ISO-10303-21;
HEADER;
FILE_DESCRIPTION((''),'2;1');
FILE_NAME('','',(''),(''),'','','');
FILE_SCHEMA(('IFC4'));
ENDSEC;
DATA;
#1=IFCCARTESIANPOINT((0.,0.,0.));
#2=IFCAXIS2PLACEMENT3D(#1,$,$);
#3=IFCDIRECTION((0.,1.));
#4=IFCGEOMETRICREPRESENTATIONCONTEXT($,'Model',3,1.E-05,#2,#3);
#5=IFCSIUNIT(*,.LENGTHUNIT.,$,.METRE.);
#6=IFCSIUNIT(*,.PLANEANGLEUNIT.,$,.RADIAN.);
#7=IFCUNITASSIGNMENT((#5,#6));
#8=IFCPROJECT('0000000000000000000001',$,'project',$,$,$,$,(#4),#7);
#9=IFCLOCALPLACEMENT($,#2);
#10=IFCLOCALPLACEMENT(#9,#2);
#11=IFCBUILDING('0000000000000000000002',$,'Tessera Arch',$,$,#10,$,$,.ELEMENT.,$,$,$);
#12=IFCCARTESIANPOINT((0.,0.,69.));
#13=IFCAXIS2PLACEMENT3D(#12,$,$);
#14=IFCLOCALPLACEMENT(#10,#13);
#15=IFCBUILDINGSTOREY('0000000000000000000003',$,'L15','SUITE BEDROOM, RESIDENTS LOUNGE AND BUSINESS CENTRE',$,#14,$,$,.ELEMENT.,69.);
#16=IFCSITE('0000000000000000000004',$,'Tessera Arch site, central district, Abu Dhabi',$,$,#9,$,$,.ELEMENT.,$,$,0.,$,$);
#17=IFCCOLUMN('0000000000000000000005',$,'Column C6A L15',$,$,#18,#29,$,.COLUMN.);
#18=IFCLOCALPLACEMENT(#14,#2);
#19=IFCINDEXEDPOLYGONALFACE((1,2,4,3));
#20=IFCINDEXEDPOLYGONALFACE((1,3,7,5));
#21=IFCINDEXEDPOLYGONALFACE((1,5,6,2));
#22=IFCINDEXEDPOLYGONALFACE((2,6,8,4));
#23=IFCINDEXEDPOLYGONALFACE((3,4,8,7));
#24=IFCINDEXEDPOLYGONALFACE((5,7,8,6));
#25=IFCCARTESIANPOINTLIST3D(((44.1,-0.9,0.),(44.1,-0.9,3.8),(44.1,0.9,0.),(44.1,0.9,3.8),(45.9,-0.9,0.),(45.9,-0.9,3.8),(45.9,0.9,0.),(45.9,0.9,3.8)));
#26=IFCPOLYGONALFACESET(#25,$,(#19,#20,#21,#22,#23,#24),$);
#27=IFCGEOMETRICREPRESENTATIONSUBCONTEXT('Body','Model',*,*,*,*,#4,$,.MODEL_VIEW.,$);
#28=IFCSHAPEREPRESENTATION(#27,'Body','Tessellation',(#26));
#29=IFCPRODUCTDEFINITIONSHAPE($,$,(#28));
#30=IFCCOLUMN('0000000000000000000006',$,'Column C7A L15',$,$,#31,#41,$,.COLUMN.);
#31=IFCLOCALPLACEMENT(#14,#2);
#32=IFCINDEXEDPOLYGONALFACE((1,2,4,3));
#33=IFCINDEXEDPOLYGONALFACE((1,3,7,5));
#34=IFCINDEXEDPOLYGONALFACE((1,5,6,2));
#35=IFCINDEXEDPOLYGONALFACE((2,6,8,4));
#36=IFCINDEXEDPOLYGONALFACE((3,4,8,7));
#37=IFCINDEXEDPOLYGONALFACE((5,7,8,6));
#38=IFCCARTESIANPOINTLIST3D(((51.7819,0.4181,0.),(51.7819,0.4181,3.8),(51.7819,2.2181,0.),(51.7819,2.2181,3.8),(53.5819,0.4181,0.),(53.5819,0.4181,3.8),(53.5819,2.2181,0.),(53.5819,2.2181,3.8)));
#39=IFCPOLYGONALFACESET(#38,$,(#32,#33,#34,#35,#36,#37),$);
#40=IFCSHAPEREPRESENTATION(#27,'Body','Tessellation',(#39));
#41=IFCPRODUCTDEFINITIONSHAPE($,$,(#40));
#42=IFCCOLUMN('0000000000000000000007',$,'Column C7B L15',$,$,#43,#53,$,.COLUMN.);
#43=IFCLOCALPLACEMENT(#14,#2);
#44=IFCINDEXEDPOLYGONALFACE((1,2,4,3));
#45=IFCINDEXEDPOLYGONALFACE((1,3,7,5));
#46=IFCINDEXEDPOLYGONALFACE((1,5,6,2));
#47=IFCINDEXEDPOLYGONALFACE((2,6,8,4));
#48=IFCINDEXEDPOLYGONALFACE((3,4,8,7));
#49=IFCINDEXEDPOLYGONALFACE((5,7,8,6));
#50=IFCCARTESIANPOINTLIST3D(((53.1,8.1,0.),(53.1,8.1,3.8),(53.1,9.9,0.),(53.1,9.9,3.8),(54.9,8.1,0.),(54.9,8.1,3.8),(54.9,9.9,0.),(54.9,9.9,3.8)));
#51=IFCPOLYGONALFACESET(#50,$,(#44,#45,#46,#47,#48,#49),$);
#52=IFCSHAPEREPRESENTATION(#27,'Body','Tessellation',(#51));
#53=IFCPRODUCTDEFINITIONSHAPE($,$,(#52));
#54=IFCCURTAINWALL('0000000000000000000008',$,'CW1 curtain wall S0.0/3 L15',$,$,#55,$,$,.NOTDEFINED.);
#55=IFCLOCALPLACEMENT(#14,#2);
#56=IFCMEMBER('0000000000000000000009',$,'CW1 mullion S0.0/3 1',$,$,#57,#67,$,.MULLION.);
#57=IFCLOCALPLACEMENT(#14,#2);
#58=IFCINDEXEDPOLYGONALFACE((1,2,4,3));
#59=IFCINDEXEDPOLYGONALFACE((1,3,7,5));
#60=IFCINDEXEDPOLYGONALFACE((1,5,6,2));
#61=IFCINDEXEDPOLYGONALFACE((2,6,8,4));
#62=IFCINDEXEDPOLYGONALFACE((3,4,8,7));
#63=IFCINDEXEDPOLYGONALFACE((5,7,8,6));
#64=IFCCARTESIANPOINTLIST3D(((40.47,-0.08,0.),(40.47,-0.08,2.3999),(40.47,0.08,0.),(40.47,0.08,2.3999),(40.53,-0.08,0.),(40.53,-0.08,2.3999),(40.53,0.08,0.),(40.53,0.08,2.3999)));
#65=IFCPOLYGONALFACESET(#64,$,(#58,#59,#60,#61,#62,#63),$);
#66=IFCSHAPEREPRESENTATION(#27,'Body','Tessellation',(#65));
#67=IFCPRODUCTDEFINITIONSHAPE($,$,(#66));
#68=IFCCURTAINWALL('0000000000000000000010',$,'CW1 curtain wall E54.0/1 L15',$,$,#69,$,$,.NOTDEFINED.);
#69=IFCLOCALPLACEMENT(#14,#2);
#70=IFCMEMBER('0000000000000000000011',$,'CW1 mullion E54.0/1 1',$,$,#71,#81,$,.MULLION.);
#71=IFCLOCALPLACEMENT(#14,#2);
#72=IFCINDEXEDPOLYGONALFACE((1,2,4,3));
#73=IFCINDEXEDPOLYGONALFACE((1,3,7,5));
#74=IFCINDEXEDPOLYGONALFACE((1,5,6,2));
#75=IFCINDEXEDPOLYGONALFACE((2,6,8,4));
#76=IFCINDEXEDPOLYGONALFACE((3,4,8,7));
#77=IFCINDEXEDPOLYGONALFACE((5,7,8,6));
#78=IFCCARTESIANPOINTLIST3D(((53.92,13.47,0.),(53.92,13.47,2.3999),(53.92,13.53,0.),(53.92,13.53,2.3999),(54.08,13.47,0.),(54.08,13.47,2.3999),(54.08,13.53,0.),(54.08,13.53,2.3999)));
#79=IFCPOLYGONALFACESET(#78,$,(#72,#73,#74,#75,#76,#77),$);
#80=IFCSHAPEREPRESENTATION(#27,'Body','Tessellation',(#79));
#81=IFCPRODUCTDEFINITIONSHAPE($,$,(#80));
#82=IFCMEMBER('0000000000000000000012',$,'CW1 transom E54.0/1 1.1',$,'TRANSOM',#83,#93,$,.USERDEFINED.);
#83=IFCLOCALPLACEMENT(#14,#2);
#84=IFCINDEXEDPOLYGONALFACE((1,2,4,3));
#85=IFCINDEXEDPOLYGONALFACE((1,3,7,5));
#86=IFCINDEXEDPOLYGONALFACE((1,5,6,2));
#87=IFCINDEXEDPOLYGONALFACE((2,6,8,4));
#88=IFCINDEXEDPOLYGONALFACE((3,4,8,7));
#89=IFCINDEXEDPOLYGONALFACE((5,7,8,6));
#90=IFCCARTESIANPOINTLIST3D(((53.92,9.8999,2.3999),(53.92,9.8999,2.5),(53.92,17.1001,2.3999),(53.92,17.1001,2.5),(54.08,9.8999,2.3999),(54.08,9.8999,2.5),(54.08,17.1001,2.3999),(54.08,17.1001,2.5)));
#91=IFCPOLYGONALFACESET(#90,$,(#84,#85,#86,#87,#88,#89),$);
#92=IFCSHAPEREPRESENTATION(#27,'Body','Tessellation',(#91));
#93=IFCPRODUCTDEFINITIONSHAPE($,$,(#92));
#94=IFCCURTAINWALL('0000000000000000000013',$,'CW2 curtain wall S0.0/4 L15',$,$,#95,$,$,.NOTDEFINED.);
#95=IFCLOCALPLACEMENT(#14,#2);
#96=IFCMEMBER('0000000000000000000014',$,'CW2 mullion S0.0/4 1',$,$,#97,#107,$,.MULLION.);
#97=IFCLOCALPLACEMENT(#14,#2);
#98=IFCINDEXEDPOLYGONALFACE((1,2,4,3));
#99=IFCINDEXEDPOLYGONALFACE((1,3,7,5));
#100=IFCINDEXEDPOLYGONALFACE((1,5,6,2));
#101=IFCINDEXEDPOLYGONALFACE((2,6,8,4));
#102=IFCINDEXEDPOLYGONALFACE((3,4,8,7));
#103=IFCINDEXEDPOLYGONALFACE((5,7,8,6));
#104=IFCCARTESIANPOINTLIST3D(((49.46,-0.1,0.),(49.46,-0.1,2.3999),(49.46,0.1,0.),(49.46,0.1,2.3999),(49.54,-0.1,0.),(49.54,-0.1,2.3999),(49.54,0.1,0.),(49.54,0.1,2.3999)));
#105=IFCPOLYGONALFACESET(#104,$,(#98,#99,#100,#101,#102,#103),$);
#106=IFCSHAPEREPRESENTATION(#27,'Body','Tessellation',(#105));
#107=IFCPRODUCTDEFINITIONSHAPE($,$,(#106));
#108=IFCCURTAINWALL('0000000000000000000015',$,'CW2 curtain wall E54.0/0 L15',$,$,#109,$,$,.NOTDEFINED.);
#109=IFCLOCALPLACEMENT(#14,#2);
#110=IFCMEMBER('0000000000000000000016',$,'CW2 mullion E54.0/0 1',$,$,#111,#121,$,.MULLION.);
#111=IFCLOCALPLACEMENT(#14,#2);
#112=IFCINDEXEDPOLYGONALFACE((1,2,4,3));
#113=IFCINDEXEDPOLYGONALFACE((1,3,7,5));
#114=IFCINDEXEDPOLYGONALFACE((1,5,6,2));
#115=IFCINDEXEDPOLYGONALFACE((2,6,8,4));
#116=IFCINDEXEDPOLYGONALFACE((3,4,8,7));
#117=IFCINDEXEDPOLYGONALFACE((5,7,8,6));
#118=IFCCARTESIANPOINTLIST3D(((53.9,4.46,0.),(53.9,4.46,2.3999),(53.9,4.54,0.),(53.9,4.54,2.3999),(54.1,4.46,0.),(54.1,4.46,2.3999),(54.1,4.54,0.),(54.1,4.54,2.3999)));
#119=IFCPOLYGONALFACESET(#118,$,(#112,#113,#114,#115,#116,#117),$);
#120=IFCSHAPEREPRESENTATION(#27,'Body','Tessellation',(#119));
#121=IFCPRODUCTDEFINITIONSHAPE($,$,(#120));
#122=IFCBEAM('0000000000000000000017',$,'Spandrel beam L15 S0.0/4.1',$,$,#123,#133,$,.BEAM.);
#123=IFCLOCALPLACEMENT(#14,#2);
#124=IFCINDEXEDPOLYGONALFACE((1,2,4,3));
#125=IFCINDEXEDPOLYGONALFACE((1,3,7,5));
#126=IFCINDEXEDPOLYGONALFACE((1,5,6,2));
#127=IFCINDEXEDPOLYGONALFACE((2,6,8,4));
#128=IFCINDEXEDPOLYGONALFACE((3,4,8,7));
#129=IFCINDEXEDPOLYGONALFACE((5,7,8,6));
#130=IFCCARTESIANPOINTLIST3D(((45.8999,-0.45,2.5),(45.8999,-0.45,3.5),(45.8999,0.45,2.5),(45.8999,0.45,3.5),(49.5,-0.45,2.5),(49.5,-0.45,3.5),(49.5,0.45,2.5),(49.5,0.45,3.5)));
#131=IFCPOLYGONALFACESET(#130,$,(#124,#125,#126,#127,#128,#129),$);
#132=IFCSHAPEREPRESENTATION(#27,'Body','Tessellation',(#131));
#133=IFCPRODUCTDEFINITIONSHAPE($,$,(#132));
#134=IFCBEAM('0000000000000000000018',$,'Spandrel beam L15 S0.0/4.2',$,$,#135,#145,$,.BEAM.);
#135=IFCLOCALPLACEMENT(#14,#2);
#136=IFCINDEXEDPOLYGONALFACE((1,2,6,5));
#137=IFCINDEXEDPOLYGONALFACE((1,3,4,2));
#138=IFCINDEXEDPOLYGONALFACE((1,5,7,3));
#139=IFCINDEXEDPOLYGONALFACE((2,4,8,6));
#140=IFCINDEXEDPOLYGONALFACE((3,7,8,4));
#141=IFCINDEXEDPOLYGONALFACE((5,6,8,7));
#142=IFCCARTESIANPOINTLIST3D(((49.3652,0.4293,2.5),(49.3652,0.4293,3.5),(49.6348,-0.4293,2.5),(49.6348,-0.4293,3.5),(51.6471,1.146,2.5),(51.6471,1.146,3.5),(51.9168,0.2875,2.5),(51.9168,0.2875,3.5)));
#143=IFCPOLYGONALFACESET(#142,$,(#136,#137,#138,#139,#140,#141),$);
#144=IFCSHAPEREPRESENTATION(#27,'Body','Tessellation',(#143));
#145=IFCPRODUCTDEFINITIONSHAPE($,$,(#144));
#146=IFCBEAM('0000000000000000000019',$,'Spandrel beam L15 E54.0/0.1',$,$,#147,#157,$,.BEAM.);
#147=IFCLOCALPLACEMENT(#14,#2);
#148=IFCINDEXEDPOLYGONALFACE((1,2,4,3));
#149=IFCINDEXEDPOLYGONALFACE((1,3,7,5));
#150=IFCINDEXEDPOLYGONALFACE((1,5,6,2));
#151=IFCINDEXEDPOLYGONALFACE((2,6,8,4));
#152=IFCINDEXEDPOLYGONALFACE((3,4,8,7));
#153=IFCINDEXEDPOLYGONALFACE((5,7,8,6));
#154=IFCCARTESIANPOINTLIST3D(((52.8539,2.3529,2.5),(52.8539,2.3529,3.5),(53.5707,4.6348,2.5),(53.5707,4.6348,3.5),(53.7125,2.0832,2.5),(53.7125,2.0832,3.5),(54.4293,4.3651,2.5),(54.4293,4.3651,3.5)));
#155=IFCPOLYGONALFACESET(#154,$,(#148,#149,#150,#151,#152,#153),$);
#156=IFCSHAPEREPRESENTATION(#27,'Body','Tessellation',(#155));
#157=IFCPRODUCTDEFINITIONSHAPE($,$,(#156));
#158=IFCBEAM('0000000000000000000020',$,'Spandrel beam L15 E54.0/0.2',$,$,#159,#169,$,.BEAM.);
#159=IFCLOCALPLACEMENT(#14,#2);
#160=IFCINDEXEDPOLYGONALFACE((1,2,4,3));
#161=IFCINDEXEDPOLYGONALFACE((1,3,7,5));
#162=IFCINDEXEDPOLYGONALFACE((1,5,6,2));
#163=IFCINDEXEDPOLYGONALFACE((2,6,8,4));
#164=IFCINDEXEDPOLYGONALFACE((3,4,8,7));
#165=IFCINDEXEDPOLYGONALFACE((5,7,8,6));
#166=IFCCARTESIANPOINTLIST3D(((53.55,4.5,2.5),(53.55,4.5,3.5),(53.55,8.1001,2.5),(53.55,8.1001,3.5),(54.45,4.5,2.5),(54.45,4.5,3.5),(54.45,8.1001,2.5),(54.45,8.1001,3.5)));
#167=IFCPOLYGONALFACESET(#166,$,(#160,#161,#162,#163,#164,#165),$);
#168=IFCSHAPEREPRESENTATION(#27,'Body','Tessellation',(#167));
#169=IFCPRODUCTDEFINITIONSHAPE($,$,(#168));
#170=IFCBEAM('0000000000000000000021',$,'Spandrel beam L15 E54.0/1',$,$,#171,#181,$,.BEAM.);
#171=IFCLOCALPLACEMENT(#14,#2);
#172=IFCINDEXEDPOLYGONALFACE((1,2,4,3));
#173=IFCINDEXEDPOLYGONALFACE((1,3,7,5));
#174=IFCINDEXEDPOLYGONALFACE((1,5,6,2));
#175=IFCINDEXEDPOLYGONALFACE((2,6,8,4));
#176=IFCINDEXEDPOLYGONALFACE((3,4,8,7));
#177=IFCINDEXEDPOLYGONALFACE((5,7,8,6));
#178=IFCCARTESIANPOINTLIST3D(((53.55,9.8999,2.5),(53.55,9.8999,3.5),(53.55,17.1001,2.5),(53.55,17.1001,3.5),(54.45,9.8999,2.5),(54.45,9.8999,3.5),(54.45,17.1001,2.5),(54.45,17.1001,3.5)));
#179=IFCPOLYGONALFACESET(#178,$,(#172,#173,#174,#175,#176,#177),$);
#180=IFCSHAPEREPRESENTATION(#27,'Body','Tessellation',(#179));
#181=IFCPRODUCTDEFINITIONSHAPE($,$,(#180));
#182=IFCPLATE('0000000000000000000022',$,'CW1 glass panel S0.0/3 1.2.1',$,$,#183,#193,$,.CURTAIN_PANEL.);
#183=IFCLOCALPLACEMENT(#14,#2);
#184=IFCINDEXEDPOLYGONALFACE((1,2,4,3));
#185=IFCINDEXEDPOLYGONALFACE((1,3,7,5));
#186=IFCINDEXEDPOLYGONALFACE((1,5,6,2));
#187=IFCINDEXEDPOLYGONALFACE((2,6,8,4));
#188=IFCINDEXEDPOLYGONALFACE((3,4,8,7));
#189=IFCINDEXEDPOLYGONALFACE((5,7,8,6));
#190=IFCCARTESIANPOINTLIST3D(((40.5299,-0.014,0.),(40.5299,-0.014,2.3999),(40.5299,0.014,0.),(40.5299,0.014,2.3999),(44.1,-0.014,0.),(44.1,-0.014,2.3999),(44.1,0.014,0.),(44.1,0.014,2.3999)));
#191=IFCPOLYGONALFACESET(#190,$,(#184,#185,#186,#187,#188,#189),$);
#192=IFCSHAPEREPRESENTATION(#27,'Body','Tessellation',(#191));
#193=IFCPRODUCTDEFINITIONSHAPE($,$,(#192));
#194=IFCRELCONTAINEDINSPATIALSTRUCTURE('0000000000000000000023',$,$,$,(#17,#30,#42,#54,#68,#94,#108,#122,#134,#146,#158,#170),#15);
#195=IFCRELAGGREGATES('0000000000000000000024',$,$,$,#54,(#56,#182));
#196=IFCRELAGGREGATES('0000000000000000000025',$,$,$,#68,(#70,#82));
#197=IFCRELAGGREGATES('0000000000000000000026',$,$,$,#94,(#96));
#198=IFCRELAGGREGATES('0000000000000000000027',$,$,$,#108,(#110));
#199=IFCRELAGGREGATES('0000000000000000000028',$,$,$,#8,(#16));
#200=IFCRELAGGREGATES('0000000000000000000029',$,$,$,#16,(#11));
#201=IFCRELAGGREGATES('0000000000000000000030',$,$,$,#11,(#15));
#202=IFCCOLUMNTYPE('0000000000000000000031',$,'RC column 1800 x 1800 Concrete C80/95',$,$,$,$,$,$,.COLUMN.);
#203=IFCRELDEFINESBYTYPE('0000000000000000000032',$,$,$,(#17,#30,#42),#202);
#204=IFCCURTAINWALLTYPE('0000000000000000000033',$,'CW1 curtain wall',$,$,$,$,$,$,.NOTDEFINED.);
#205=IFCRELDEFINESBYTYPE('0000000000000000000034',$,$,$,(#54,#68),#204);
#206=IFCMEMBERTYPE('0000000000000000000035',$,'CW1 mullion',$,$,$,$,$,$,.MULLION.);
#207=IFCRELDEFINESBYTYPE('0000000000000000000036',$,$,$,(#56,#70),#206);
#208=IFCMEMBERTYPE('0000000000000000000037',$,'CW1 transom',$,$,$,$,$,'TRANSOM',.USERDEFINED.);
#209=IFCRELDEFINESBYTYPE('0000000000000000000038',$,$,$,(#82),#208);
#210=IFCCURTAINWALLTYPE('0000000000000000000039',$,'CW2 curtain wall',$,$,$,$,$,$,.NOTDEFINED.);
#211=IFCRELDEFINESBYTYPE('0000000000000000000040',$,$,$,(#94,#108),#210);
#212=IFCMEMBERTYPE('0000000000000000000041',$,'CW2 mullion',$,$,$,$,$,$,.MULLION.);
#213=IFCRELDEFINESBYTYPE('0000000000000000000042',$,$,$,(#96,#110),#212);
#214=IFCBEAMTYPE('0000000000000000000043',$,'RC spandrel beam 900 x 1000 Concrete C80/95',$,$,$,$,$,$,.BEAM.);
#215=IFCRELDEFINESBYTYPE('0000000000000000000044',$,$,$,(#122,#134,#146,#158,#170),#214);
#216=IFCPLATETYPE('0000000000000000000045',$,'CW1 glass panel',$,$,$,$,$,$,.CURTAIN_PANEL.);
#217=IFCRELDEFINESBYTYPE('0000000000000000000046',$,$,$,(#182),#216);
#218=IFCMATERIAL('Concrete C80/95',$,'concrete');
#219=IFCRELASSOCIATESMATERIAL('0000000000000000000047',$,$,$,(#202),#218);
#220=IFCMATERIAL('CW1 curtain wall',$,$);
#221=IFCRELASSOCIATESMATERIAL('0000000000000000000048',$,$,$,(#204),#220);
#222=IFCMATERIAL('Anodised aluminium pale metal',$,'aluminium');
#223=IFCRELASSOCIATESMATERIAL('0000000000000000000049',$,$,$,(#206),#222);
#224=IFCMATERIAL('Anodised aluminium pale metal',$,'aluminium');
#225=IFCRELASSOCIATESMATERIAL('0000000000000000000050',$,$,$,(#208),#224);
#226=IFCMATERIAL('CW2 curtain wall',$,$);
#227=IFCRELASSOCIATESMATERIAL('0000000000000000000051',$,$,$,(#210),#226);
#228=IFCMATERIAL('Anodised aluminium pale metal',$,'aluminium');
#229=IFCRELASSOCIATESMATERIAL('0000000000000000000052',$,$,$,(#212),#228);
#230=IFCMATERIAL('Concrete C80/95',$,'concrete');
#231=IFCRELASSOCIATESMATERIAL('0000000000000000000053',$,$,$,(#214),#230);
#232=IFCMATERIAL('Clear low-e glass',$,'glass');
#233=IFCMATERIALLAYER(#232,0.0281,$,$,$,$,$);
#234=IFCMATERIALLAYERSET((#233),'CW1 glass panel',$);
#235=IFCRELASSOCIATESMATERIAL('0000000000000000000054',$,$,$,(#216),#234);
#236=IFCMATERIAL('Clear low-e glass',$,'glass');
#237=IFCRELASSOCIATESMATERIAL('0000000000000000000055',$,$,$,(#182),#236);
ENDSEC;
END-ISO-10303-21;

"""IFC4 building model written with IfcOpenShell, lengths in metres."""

from ifc_helpers import new_model, si_unit, direction, frame, origin, origin_2d, place, context, subcontext, project, spatial, rectangle, extrude, material, layer, layer_set, material_profile, profile_set, type_object, element, aggregate, save


model = new_model("IFC4")

# Units and contexts
model_context = context("Model", 3, precision=1e-05, world=origin(), true_north=direction((0.0, 1.0)))
body_context = subcontext(model_context, "Body", "Model", "MODEL_VIEW")
ifc_project = project(units=[si_unit("LENGTHUNIT", "METRE"), si_unit("PLANEANGLEUNIT", "RADIAN")], contexts=[model_context])

# Site, building, storey
site_placement = place(None, origin())
site = spatial("IfcSite", under=ifc_project, at=site_placement, Name="Tessera Arch site, central district, Abu Dhabi", CompositionType="ELEMENT", RefElevation=0.0)
building_placement = place(site_placement, origin())
building = spatial("IfcBuilding", under=site, at=building_placement, Name="Tessera Arch", CompositionType="ELEMENT")
storey_placement = place(building_placement, frame((0.0, 0.0, 69.0)))
storey = spatial("IfcBuildingStorey", under=building, at=storey_placement, Name="L15", Description="SUITE BEDROOM, RESIDENTS LOUNGE AND BUSINESS CENTRE", CompositionType="ELEMENT", Elevation=69.0)

# Columns
ifc_material_1 = material(Name="Concrete C80/95", Category="concrete")
ifc_material_profile_1 = material_profile(ifc_material_1, rectangle(XDim=1.8, YDim=1.8, at=origin_2d()), Name="RC column 1800 x 1800 Concrete C80/95")
ifc_profile_set_1 = profile_set([ifc_material_profile_1], Name="Concrete C80/95")
column_type = type_object("IfcColumnType", Name="RC column 1800 x 1800 Concrete C80/95", PredefinedType="COLUMN", material=ifc_profile_set_1)
for number, where, z_axis, x_axis, name in (
    (1, (45.0, 0.0, 0.0), (0.0, 0.0, 1.0), (1.0, 0.0, 0.0), "Column C6A L15"),
    (2, (52.6819, 1.3181, 0.0), (0.0, 0.0, 1.0), (1.0, 0.0, 0.0), "Column C7A L15"),
    (3, (54.0, 9.0, 0.0), (0.0, 0.0, 1.0), (1.0, 0.0, 0.0), "Column C7B L15"),
):
    element("IfcColumn", number, at=place(storey_placement, frame(where, z_axis=z_axis, x_axis=x_axis)), inside=storey, type_object=column_type, Name=name, PredefinedType="COLUMN", context=body_context, shape_type="SweptSolid", body=[
        extrude(rectangle(XDim=1.8, YDim=1.8, at=origin_2d()), origin(), (0.0, 0.0, 1.0), 3.8),
    ])

# Curtain wall, member
ifc_material_2 = material(Name="CW1 curtain wall")
curtain_wall_type_1 = type_object("IfcCurtainWallType", Name="CW1 curtain wall", PredefinedType="NOTDEFINED", material=ifc_material_2)
curtain_wall_1_placement = place(storey_placement, origin())
curtain_wall_1 = element("IfcCurtainWall", 4, at=curtain_wall_1_placement, inside=storey, type_object=curtain_wall_type_1, Name="CW1 curtain wall S0.0/3 L15", PredefinedType="NOTDEFINED")
ifc_material_3 = material(Name="Anodised aluminium pale metal", Category="aluminium")
ifc_material_profile_2 = material_profile(ifc_material_3, rectangle(XDim=0.1599, YDim=0.0601, at=origin_2d()), Name="AL 60x160")
ifc_profile_set_2 = profile_set([ifc_material_profile_2], Name="Anodised aluminium pale metal")
member_type_1 = type_object("IfcMemberType", Name="CW1 mullion", PredefinedType="MULLION", material=ifc_profile_set_2)
member_1_placement = place(storey_placement, frame((40.5, 0.0, 0.0), z_axis=(0.0, 0.0, 1.0), x_axis=(0.0, 1.0, 0.0)))
member_1 = element("IfcMember", 5, at=member_1_placement, type_object=member_type_1, Name="CW1 mullion S0.0/3 1", PredefinedType="MULLION", context=body_context, shape_type="SweptSolid", body=[
    extrude(rectangle(XDim=0.1599, YDim=0.0601, at=origin_2d()), origin(), (0.0, 0.0, 1.0), 2.3999),
])

# Curtain wall, members
curtain_wall_2_placement = place(storey_placement, origin())
curtain_wall_2 = element("IfcCurtainWall", 6, at=curtain_wall_2_placement, inside=storey, type_object=curtain_wall_type_1, Name="CW1 curtain wall E54.0/1 L15", PredefinedType="NOTDEFINED")
member_2_placement = place(storey_placement, frame((54.0, 13.5, 0.0), z_axis=(0.0, 0.0, 1.0), x_axis=(-1.0, 0.0, 0.0)))
member_2 = element("IfcMember", 7, at=member_2_placement, type_object=member_type_1, Name="CW1 mullion E54.0/1 1", PredefinedType="MULLION", context=body_context, shape_type="SweptSolid", body=[
    extrude(rectangle(XDim=0.1599, YDim=0.0601, at=origin_2d()), origin(), (0.0, 0.0, 1.0), 2.3999),
])
ifc_material_4 = material(Name="Anodised aluminium pale metal", Category="aluminium")
ifc_material_profile_3 = material_profile(ifc_material_4, rectangle(XDim=0.1599, YDim=0.1001, at=origin_2d()), Name="AL 160x100")
ifc_profile_set_3 = profile_set([ifc_material_profile_3], Name="Anodised aluminium pale metal")
member_type_2 = type_object("IfcMemberType", Name="CW1 transom", ElementType="TRANSOM", PredefinedType="USERDEFINED", material=ifc_profile_set_3)
member_3_placement = place(storey_placement, frame((54.0, 9.8999, 2.45), z_axis=(0.0, 1.0, 0.0), x_axis=(-1.0, 0.0, 0.0)))
member_3 = element("IfcMember", 8, at=member_3_placement, type_object=member_type_2, Name="CW1 transom E54.0/1 1.1", ObjectType="TRANSOM", PredefinedType="USERDEFINED", context=body_context, shape_type="SweptSolid", body=[
    extrude(rectangle(XDim=0.1599, YDim=0.1001, at=origin_2d()), origin(), (0.0, 0.0, 1.0), 7.2002),
])

# Curtain walls, members
ifc_material_5 = material(Name="CW2 curtain wall")
curtain_wall_type_2 = type_object("IfcCurtainWallType", Name="CW2 curtain wall", PredefinedType="NOTDEFINED", material=ifc_material_5)
curtain_wall_3_placement = place(storey_placement, origin())
curtain_wall_3 = element("IfcCurtainWall", 9, at=curtain_wall_3_placement, inside=storey, type_object=curtain_wall_type_2, Name="CW2 curtain wall S0.0/4 L15", PredefinedType="NOTDEFINED")
ifc_material_6 = material(Name="Anodised aluminium pale metal", Category="aluminium")
ifc_material_profile_4 = material_profile(ifc_material_6, rectangle(XDim=0.2, YDim=0.0801, at=origin_2d()), Name="AL 80x200")
ifc_profile_set_4 = profile_set([ifc_material_profile_4], Name="Anodised aluminium pale metal")
member_type_3 = type_object("IfcMemberType", Name="CW2 mullion", PredefinedType="MULLION", material=ifc_profile_set_4)
member_4_placement = place(storey_placement, frame((49.5, 0.0, 0.0), z_axis=(0.0, 0.0, 1.0), x_axis=(0.0, 1.0, 0.0)))
member_4 = element("IfcMember", 10, at=member_4_placement, type_object=member_type_3, Name="CW2 mullion S0.0/4 1", PredefinedType="MULLION", context=body_context, shape_type="SweptSolid", body=[
    extrude(rectangle(XDim=0.2, YDim=0.0801, at=origin_2d()), origin(), (0.0, 0.0, 1.0), 2.3999),
])
curtain_wall_4_placement = place(storey_placement, origin())
curtain_wall_4 = element("IfcCurtainWall", 11, at=curtain_wall_4_placement, inside=storey, type_object=curtain_wall_type_2, Name="CW2 curtain wall E54.0/0 L15", PredefinedType="NOTDEFINED")
member_5_placement = place(storey_placement, frame((54.0, 4.5, 0.0), z_axis=(0.0, 0.0, 1.0), x_axis=(-1.0, 0.0, 0.0)))
member_5 = element("IfcMember", 12, at=member_5_placement, type_object=member_type_3, Name="CW2 mullion E54.0/0 1", PredefinedType="MULLION", context=body_context, shape_type="SweptSolid", body=[
    extrude(rectangle(XDim=0.2, YDim=0.0801, at=origin_2d()), origin(), (0.0, 0.0, 1.0), 2.3999),
])

# Beams
ifc_material_7 = material(Name="Concrete C80/95", Category="concrete")
ifc_material_profile_5 = material_profile(ifc_material_7, rectangle(XDim=0.8999, YDim=1.0, at=origin_2d()), Name="RC spandrel beam 900 x 1000 Concrete C80/95")
ifc_profile_set_5 = profile_set([ifc_material_profile_5], Name="Concrete C80/95")
beam_type = type_object("IfcBeamType", Name="RC spandrel beam 900 x 1000 Concrete C80/95", PredefinedType="BEAM", material=ifc_profile_set_5)
beam_1_placement = place(storey_placement, frame((45.8999, 0.0, 3.0), z_axis=(1.0, 0.0, 0.0), x_axis=(0.0, 1.0, 0.0)))
element("IfcBeam", 13, at=beam_1_placement, inside=storey, type_object=beam_type, Name="Spandrel beam L15 S0.0/4.1", PredefinedType="BEAM", context=body_context, shape_type="SweptSolid", body=[
    extrude(rectangle(XDim=0.8999, YDim=1.0, at=origin_2d()), origin(), (0.0, 0.0, 1.0), 3.6001),
])
for number, where, z_axis, x_axis, name in (
    (14, (49.5, 0.0, 3.0), (0.954041, 0.299675, 0.0), (-0.299675, 0.954041, 0.0), "Spandrel beam L15 S0.0/4.2"),
    (15, (53.2832, 2.218, 3.0), (0.299675, 0.954041, 0.0), (-0.954041, 0.299675, 0.0), "Spandrel beam L15 E54.0/0.1"),
):
    element("IfcBeam", number, at=place(storey_placement, frame(where, z_axis=z_axis, x_axis=x_axis)), inside=storey, type_object=beam_type, Name=name, PredefinedType="BEAM", context=body_context, shape_type="SweptSolid", body=[
        extrude(rectangle(XDim=0.8999, YDim=1.0, at=origin_2d()), origin(), (0.0, 0.0, 1.0), 2.3918),
    ])
beam_2_placement = place(storey_placement, frame((54.0, 4.5, 3.0), z_axis=(0.0, 1.0, 0.0), x_axis=(-1.0, 0.0, 0.0)))
element("IfcBeam", 16, at=beam_2_placement, inside=storey, type_object=beam_type, Name="Spandrel beam L15 E54.0/0.2", PredefinedType="BEAM", context=body_context, shape_type="SweptSolid", body=[
    extrude(rectangle(XDim=0.8999, YDim=1.0, at=origin_2d()), origin(), (0.0, 0.0, 1.0), 3.6001),
])
beam_3_placement = place(storey_placement, frame((54.0, 9.8999, 3.0), z_axis=(0.0, 1.0, 0.0), x_axis=(-1.0, 0.0, 0.0)))
element("IfcBeam", 17, at=beam_3_placement, inside=storey, type_object=beam_type, Name="Spandrel beam L15 E54.0/1", PredefinedType="BEAM", context=body_context, shape_type="SweptSolid", body=[
    extrude(rectangle(XDim=0.8999, YDim=1.0, at=origin_2d()), origin(), (0.0, 0.0, 1.0), 7.2002),
])

# Plate
ifc_material_8 = material(Name="Clear low-e glass", Category="glass")
ifc_material_9 = material(Name="Clear low-e glass", Category="glass")
ifc_layer_1 = layer(ifc_material_9, 0.0281)
ifc_layer_set_1 = layer_set([ifc_layer_1], Name="CW1 glass panel")
plate_type_1 = type_object("IfcPlateType", Name="CW1 glass panel", PredefinedType="CURTAIN_PANEL", material=ifc_layer_set_1)
plate_1_placement = place(storey_placement, frame((42.3149, 0.0, 0.0), z_axis=(0.0, 0.0, 1.0), x_axis=(1.0, 0.0, 0.0)))
plate_1 = element("IfcPlate", 18, at=plate_1_placement, type_object=plate_type_1, material=ifc_material_8, Name="CW1 glass panel S0.0/3 1.2.1", PredefinedType="CURTAIN_PANEL", context=body_context, shape_type="SweptSolid", body=[
    extrude(rectangle(XDim=3.5701, YDim=0.0281, at=origin_2d()), origin(), (0.0, 0.0, 1.0), 2.3999),
])
aggregate(curtain_wall_1, [member_1, plate_1])
aggregate(curtain_wall_2, [member_2, member_3])
aggregate(curtain_wall_3, [member_4])
aggregate(curtain_wall_4, [member_5])

save(model, "model.ifc")
